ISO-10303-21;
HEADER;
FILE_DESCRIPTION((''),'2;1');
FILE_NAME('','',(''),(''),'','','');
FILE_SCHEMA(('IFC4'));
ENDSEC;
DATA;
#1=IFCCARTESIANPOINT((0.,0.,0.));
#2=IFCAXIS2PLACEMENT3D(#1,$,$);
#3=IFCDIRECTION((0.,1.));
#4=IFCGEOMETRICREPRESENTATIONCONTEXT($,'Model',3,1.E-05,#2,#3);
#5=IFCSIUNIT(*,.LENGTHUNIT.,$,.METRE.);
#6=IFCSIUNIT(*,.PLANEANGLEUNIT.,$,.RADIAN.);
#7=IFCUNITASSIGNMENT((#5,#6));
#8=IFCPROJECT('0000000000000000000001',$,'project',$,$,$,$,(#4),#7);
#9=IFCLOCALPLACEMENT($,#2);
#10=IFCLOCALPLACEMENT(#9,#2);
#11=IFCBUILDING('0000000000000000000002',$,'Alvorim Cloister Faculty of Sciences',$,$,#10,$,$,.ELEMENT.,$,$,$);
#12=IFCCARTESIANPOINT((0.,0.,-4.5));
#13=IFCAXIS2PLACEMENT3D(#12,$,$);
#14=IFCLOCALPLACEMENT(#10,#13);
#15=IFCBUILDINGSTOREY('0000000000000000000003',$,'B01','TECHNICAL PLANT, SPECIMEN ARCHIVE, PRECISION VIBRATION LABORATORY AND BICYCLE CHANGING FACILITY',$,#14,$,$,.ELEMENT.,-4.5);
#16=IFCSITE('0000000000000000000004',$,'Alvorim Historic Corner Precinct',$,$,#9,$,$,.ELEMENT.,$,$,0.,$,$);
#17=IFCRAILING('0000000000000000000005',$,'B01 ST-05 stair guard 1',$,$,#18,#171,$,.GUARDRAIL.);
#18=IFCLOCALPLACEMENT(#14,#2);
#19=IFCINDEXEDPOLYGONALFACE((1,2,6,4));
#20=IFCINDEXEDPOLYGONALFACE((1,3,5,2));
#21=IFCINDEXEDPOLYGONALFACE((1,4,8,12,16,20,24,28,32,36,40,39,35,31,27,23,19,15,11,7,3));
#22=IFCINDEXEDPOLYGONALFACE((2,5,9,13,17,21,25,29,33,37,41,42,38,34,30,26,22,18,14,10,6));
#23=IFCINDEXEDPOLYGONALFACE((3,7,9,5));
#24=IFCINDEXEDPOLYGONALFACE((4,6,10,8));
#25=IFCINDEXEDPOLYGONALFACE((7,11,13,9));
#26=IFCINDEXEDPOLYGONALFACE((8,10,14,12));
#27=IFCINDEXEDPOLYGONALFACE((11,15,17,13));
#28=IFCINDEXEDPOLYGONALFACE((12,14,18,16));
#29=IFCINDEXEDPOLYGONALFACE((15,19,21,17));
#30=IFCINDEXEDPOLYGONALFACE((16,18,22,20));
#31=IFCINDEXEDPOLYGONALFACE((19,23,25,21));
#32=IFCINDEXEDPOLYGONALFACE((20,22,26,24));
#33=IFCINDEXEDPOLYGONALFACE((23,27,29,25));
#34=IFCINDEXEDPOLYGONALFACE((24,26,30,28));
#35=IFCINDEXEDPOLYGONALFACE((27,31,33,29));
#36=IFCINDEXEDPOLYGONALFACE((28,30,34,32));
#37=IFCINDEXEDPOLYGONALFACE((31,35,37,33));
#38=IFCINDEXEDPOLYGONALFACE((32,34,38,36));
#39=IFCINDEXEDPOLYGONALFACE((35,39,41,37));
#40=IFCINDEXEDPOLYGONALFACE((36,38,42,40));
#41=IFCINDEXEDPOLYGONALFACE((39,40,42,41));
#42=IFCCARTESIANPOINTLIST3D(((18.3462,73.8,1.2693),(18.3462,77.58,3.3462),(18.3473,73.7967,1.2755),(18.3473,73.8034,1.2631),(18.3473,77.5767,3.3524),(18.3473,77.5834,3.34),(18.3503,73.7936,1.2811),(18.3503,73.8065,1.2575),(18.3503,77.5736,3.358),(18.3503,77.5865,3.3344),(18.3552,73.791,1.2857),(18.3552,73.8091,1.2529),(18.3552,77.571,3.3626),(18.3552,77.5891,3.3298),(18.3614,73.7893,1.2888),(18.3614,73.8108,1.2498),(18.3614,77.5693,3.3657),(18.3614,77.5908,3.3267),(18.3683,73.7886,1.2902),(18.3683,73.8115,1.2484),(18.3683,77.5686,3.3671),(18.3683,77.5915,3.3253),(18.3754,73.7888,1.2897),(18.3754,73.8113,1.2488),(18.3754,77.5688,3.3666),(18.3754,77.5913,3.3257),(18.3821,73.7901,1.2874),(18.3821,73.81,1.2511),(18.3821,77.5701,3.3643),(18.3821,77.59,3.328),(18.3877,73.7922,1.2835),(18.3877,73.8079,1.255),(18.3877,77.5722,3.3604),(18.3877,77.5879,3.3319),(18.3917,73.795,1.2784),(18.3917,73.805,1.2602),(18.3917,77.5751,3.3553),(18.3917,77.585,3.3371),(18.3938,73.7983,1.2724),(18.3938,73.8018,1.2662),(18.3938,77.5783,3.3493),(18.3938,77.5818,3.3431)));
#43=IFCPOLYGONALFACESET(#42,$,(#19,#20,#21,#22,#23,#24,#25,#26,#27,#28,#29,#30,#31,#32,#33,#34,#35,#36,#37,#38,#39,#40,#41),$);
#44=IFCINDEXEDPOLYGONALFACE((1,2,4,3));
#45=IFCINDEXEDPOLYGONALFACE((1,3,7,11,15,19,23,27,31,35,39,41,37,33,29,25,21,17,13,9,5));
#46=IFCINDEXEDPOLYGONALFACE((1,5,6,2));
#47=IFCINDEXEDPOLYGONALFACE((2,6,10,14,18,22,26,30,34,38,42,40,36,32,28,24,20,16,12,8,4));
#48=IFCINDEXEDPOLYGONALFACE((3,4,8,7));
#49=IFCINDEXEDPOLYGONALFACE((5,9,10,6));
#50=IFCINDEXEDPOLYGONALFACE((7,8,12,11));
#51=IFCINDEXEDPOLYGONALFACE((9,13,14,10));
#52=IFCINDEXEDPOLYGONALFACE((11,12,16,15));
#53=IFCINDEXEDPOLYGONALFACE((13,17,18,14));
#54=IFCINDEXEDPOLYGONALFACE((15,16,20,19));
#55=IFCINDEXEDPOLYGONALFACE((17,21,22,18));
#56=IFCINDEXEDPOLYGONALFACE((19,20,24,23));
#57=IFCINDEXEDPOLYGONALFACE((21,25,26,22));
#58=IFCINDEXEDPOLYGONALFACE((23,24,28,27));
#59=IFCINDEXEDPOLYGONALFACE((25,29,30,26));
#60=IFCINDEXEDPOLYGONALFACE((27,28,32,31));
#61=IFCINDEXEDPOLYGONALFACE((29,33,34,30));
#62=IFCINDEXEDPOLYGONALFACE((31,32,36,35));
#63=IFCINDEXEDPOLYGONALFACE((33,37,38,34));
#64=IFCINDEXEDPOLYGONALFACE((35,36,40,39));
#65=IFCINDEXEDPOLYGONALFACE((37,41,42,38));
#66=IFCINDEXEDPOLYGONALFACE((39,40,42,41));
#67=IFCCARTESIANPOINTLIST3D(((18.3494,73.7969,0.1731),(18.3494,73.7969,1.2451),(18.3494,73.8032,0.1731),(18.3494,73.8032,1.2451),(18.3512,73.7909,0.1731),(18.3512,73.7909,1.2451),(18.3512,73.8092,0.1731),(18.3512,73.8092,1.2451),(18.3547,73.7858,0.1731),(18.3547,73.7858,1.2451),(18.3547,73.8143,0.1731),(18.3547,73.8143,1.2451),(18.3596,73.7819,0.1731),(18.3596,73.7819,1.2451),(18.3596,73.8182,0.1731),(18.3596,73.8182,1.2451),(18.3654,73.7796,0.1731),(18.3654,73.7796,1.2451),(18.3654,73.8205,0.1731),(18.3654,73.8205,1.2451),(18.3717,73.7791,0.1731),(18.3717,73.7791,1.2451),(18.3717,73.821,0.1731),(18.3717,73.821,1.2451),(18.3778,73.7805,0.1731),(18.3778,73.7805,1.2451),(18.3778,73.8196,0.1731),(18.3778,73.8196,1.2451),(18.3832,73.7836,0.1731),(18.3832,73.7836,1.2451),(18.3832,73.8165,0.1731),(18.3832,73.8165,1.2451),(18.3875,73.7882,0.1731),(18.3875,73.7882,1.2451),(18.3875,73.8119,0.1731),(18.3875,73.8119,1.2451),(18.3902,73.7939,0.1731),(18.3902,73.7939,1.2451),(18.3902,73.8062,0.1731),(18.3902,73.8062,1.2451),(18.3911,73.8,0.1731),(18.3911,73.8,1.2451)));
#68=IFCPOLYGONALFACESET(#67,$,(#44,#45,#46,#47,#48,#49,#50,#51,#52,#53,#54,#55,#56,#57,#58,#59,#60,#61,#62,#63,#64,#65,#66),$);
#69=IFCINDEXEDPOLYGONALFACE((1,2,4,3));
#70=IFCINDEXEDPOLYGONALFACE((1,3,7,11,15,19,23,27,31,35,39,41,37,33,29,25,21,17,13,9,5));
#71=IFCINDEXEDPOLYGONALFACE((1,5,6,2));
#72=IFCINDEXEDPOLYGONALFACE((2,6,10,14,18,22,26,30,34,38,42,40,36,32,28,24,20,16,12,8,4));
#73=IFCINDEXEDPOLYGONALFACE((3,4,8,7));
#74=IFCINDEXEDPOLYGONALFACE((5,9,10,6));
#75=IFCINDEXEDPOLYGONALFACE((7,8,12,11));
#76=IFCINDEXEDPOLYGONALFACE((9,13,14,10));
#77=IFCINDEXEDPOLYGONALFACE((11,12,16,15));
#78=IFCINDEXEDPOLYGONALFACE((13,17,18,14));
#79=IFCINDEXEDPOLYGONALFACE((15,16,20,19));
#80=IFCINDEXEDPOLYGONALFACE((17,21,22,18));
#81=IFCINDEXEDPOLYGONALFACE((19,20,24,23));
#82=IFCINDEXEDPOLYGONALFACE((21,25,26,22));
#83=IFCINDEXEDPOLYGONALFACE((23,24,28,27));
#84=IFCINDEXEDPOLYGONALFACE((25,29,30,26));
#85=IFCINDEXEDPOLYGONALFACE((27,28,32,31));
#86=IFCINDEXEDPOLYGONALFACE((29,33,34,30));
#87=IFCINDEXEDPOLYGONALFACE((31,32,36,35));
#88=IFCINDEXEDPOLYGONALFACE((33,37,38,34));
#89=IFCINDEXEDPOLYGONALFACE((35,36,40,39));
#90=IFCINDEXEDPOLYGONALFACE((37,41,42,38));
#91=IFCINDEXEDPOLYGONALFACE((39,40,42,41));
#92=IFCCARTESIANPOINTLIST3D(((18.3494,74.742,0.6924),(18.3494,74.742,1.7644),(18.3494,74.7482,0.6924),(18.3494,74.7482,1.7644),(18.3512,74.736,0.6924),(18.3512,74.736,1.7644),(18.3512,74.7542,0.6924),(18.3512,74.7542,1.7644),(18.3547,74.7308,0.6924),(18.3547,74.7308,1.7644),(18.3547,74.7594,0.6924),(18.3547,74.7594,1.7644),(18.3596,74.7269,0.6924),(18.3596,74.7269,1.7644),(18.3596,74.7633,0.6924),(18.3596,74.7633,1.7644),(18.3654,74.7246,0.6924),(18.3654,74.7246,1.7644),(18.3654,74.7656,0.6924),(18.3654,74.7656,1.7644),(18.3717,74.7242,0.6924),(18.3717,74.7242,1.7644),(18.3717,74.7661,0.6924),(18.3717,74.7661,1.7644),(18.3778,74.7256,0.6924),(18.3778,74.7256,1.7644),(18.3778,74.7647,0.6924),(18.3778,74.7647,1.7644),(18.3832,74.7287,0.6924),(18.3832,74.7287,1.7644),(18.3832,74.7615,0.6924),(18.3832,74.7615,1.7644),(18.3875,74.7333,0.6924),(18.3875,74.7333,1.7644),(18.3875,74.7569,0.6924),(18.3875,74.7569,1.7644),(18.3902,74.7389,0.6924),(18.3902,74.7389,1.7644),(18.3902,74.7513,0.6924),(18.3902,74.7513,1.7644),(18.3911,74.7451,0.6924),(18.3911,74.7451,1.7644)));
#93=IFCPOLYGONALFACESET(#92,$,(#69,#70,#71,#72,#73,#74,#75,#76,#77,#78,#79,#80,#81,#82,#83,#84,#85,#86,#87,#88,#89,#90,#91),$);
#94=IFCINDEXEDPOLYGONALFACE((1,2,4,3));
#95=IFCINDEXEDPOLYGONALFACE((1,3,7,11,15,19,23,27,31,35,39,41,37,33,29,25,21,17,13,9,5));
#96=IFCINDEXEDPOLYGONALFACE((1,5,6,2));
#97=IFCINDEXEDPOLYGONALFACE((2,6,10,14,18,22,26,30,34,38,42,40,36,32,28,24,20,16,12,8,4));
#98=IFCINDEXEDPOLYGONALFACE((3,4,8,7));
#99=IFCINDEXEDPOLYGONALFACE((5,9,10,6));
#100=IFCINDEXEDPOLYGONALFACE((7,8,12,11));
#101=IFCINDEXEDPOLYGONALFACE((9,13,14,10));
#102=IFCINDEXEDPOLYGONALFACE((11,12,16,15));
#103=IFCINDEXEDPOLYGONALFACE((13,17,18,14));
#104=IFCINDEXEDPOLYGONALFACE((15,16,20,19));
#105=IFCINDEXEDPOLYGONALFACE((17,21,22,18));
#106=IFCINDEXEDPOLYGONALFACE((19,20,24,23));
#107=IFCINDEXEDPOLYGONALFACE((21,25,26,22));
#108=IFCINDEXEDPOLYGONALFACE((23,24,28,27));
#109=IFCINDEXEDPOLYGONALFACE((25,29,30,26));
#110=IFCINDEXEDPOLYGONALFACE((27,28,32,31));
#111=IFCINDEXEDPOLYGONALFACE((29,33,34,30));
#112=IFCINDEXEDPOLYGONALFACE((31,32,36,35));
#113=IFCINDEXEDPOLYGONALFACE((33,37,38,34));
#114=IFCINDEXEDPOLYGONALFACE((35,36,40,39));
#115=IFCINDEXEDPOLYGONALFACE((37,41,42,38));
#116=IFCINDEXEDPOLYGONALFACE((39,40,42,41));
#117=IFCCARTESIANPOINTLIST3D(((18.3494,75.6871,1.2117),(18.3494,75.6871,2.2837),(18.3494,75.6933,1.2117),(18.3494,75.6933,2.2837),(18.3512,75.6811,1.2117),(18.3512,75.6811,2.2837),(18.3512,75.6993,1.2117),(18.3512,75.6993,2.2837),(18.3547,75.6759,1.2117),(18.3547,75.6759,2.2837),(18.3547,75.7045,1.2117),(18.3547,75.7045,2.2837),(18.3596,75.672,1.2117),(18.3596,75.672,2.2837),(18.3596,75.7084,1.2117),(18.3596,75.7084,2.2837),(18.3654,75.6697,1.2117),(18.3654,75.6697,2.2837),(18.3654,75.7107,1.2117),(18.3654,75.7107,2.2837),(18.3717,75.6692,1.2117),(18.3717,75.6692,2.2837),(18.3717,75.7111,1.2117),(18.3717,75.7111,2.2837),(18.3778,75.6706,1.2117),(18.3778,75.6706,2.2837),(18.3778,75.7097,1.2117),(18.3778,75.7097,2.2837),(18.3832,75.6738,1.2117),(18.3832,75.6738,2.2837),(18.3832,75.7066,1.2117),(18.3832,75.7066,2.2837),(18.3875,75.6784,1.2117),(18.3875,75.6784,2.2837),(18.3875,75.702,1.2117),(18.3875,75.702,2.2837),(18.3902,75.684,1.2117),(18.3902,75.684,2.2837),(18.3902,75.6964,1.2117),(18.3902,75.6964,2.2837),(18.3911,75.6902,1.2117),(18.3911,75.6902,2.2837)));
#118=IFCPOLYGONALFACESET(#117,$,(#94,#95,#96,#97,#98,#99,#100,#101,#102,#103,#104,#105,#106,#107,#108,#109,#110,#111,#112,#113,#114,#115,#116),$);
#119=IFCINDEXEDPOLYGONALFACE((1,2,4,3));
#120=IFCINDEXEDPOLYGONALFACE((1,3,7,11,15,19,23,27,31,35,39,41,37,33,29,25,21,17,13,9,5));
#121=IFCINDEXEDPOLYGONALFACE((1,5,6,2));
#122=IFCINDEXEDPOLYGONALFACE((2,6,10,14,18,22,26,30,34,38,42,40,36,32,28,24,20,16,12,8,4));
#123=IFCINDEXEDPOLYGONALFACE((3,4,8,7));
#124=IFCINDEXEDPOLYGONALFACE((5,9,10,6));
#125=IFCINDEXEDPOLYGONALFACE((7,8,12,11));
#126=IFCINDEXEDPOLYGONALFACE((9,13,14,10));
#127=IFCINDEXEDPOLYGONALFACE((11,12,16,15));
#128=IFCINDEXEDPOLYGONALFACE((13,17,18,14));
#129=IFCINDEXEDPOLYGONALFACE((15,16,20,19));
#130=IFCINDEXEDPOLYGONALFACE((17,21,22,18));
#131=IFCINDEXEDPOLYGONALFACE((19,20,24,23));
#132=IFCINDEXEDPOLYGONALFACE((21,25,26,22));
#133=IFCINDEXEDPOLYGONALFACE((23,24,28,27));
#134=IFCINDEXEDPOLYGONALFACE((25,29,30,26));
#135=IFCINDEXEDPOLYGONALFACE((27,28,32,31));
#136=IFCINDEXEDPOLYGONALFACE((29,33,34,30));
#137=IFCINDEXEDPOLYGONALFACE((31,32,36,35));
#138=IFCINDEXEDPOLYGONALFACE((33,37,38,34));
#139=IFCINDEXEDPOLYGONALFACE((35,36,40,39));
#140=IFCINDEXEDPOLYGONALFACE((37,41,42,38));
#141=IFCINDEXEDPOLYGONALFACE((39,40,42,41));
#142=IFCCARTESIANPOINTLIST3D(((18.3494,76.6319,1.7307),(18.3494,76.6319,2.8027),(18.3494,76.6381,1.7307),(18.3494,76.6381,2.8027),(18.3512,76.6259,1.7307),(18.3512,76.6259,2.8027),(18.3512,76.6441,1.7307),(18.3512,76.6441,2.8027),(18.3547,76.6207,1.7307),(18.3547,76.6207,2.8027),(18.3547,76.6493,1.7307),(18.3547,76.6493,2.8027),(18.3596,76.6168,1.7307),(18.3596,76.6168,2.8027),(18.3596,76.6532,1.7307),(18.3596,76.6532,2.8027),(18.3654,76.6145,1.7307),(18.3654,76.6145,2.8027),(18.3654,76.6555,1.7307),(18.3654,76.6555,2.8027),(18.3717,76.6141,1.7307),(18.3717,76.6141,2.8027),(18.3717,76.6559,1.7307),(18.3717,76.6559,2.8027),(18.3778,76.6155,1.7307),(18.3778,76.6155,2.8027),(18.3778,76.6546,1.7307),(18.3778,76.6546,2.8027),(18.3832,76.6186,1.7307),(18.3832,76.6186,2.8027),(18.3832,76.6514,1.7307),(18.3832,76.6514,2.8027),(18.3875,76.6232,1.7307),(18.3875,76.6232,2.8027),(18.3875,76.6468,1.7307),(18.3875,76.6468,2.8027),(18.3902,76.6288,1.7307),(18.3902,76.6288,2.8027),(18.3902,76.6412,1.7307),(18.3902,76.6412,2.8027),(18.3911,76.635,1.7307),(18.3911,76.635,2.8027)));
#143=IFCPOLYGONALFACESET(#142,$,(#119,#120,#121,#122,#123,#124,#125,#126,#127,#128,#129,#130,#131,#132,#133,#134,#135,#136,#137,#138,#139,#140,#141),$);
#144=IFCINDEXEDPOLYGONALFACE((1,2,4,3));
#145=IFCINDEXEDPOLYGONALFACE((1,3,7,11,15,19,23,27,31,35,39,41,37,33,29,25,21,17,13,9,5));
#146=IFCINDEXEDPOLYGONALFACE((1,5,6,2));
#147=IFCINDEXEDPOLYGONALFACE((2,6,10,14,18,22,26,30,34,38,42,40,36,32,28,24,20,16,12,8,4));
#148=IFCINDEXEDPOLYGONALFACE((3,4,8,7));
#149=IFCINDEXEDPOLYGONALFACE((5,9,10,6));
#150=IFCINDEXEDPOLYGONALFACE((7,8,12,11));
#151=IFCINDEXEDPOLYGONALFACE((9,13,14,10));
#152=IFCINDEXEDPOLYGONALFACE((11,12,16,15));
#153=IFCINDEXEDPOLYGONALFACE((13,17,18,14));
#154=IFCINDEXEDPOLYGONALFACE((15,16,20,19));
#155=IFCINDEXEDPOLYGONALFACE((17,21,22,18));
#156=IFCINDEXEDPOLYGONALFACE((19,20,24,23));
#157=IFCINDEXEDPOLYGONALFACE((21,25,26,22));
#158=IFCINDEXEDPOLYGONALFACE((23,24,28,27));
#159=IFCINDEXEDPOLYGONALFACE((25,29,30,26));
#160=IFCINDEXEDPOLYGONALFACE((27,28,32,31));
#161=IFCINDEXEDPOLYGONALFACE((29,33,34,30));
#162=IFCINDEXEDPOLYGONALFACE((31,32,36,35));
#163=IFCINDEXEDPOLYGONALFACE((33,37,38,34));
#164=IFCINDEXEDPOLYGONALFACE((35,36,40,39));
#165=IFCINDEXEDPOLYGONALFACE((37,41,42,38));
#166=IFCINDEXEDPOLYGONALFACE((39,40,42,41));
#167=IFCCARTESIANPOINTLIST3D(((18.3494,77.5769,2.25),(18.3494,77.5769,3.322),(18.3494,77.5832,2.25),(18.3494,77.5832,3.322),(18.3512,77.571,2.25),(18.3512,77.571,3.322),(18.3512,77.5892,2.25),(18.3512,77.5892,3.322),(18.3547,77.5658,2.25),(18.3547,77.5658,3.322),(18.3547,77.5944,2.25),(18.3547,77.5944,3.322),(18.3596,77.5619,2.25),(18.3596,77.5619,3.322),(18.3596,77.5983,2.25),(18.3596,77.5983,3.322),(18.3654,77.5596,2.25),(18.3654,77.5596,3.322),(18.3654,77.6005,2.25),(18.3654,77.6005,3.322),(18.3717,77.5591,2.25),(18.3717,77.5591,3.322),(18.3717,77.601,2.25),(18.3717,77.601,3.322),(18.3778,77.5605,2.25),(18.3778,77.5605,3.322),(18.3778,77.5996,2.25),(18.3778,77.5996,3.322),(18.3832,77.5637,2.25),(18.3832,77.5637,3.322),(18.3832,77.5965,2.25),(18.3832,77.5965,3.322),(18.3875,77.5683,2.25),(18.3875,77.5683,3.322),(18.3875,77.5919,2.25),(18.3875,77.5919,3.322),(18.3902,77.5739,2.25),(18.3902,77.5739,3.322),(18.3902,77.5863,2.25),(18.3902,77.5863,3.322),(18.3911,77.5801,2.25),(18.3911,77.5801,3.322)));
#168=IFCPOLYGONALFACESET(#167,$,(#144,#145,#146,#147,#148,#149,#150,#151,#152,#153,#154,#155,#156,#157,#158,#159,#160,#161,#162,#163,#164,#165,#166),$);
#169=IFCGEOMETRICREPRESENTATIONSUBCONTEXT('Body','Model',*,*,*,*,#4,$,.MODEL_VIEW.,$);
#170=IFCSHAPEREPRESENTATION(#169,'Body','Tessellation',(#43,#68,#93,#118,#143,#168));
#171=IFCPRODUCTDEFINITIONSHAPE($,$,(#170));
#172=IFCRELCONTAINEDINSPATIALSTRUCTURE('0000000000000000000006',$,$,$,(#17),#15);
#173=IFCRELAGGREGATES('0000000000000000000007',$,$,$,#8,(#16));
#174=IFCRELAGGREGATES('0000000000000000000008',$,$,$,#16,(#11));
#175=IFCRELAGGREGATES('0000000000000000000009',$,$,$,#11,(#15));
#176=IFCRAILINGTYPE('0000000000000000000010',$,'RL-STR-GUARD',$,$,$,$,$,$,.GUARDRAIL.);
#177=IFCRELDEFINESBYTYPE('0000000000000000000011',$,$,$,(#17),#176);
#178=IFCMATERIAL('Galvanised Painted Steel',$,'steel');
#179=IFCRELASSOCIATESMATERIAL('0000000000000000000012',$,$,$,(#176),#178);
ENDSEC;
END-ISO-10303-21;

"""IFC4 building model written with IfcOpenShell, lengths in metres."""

from ifc_helpers import new_model, si_unit, direction, frame, origin, origin_2d, place, context, subcontext, project, spatial, circle, extrude, material, type_object, element, save


model = new_model("IFC4")

# Units and contexts
model_context = context("Model", 3, precision=1e-05, world=origin(), true_north=direction((0.0, 1.0)))
body_context = subcontext(model_context, "Body", "Model", "MODEL_VIEW")
ifc_project = project(units=[si_unit("LENGTHUNIT", "METRE"), si_unit("PLANEANGLEUNIT", "RADIAN")], contexts=[model_context])

# Site, building, storey
site_placement = place(None, origin())
site = spatial("IfcSite", under=ifc_project, at=site_placement, Name="Alvorim Historic Corner Precinct", CompositionType="ELEMENT", RefElevation=0.0)
building_placement = place(site_placement, origin())
building = spatial("IfcBuilding", under=site, at=building_placement, Name="Alvorim Cloister Faculty of Sciences", CompositionType="ELEMENT")
storey_placement = place(building_placement, frame((0.0, 0.0, -4.5)))
storey = spatial("IfcBuildingStorey", under=building, at=storey_placement, Name="B01", Description="TECHNICAL PLANT, SPECIMEN ARCHIVE, PRECISION VIBRATION LABORATORY AND BICYCLE CHANGING FACILITY", CompositionType="ELEMENT", Elevation=-4.5)

# Railing
ifc_material_1 = material(Name="Galvanised Painted Steel", Category="steel")
railing_type_1 = type_object("IfcRailingType", Name="RL-STR-GUARD", PredefinedType="GUARDRAIL", material=ifc_material_1)
railing_1_placement = place(storey_placement, frame((18.3701, 73.8, 0.1731)))
element("IfcRailing", 1, at=railing_1_placement, inside=storey, type_object=railing_type_1, Name="B01 ST-05 stair guard 1", PredefinedType="GUARDRAIL", context=body_context, shape_type="SweptSolid", body=[
    extrude(circle(Radius=0.0239, at=origin_2d()), frame((0.0, 0.0, 1.0962), z_axis=(0.0, 0.876423, 0.481543), x_axis=(-1.0, 0.0, 0.0)), (0.0, 0.0, 1.0), 4.313),
    extrude(circle(Radius=0.021, at=origin_2d()), origin(), (0.0, 0.0, 1.0), 1.072),
    extrude(circle(Radius=0.021, at=origin_2d()), frame((0.0, 0.9451, 0.5193)), (0.0, 0.0, 1.0), 1.072),
    extrude(circle(Radius=0.021, at=origin_2d()), frame((0.0, 1.8901, 1.0386)), (0.0, 0.0, 1.0), 1.072),
    extrude(circle(Radius=0.021, at=origin_2d()), frame((0.0, 2.835, 1.5576)), (0.0, 0.0, 1.0), 1.072),
    extrude(circle(Radius=0.021, at=origin_2d()), frame((0.0, 3.78, 2.0769)), (0.0, 0.0, 1.0), 1.072),
])

save(model, "model.ifc")
